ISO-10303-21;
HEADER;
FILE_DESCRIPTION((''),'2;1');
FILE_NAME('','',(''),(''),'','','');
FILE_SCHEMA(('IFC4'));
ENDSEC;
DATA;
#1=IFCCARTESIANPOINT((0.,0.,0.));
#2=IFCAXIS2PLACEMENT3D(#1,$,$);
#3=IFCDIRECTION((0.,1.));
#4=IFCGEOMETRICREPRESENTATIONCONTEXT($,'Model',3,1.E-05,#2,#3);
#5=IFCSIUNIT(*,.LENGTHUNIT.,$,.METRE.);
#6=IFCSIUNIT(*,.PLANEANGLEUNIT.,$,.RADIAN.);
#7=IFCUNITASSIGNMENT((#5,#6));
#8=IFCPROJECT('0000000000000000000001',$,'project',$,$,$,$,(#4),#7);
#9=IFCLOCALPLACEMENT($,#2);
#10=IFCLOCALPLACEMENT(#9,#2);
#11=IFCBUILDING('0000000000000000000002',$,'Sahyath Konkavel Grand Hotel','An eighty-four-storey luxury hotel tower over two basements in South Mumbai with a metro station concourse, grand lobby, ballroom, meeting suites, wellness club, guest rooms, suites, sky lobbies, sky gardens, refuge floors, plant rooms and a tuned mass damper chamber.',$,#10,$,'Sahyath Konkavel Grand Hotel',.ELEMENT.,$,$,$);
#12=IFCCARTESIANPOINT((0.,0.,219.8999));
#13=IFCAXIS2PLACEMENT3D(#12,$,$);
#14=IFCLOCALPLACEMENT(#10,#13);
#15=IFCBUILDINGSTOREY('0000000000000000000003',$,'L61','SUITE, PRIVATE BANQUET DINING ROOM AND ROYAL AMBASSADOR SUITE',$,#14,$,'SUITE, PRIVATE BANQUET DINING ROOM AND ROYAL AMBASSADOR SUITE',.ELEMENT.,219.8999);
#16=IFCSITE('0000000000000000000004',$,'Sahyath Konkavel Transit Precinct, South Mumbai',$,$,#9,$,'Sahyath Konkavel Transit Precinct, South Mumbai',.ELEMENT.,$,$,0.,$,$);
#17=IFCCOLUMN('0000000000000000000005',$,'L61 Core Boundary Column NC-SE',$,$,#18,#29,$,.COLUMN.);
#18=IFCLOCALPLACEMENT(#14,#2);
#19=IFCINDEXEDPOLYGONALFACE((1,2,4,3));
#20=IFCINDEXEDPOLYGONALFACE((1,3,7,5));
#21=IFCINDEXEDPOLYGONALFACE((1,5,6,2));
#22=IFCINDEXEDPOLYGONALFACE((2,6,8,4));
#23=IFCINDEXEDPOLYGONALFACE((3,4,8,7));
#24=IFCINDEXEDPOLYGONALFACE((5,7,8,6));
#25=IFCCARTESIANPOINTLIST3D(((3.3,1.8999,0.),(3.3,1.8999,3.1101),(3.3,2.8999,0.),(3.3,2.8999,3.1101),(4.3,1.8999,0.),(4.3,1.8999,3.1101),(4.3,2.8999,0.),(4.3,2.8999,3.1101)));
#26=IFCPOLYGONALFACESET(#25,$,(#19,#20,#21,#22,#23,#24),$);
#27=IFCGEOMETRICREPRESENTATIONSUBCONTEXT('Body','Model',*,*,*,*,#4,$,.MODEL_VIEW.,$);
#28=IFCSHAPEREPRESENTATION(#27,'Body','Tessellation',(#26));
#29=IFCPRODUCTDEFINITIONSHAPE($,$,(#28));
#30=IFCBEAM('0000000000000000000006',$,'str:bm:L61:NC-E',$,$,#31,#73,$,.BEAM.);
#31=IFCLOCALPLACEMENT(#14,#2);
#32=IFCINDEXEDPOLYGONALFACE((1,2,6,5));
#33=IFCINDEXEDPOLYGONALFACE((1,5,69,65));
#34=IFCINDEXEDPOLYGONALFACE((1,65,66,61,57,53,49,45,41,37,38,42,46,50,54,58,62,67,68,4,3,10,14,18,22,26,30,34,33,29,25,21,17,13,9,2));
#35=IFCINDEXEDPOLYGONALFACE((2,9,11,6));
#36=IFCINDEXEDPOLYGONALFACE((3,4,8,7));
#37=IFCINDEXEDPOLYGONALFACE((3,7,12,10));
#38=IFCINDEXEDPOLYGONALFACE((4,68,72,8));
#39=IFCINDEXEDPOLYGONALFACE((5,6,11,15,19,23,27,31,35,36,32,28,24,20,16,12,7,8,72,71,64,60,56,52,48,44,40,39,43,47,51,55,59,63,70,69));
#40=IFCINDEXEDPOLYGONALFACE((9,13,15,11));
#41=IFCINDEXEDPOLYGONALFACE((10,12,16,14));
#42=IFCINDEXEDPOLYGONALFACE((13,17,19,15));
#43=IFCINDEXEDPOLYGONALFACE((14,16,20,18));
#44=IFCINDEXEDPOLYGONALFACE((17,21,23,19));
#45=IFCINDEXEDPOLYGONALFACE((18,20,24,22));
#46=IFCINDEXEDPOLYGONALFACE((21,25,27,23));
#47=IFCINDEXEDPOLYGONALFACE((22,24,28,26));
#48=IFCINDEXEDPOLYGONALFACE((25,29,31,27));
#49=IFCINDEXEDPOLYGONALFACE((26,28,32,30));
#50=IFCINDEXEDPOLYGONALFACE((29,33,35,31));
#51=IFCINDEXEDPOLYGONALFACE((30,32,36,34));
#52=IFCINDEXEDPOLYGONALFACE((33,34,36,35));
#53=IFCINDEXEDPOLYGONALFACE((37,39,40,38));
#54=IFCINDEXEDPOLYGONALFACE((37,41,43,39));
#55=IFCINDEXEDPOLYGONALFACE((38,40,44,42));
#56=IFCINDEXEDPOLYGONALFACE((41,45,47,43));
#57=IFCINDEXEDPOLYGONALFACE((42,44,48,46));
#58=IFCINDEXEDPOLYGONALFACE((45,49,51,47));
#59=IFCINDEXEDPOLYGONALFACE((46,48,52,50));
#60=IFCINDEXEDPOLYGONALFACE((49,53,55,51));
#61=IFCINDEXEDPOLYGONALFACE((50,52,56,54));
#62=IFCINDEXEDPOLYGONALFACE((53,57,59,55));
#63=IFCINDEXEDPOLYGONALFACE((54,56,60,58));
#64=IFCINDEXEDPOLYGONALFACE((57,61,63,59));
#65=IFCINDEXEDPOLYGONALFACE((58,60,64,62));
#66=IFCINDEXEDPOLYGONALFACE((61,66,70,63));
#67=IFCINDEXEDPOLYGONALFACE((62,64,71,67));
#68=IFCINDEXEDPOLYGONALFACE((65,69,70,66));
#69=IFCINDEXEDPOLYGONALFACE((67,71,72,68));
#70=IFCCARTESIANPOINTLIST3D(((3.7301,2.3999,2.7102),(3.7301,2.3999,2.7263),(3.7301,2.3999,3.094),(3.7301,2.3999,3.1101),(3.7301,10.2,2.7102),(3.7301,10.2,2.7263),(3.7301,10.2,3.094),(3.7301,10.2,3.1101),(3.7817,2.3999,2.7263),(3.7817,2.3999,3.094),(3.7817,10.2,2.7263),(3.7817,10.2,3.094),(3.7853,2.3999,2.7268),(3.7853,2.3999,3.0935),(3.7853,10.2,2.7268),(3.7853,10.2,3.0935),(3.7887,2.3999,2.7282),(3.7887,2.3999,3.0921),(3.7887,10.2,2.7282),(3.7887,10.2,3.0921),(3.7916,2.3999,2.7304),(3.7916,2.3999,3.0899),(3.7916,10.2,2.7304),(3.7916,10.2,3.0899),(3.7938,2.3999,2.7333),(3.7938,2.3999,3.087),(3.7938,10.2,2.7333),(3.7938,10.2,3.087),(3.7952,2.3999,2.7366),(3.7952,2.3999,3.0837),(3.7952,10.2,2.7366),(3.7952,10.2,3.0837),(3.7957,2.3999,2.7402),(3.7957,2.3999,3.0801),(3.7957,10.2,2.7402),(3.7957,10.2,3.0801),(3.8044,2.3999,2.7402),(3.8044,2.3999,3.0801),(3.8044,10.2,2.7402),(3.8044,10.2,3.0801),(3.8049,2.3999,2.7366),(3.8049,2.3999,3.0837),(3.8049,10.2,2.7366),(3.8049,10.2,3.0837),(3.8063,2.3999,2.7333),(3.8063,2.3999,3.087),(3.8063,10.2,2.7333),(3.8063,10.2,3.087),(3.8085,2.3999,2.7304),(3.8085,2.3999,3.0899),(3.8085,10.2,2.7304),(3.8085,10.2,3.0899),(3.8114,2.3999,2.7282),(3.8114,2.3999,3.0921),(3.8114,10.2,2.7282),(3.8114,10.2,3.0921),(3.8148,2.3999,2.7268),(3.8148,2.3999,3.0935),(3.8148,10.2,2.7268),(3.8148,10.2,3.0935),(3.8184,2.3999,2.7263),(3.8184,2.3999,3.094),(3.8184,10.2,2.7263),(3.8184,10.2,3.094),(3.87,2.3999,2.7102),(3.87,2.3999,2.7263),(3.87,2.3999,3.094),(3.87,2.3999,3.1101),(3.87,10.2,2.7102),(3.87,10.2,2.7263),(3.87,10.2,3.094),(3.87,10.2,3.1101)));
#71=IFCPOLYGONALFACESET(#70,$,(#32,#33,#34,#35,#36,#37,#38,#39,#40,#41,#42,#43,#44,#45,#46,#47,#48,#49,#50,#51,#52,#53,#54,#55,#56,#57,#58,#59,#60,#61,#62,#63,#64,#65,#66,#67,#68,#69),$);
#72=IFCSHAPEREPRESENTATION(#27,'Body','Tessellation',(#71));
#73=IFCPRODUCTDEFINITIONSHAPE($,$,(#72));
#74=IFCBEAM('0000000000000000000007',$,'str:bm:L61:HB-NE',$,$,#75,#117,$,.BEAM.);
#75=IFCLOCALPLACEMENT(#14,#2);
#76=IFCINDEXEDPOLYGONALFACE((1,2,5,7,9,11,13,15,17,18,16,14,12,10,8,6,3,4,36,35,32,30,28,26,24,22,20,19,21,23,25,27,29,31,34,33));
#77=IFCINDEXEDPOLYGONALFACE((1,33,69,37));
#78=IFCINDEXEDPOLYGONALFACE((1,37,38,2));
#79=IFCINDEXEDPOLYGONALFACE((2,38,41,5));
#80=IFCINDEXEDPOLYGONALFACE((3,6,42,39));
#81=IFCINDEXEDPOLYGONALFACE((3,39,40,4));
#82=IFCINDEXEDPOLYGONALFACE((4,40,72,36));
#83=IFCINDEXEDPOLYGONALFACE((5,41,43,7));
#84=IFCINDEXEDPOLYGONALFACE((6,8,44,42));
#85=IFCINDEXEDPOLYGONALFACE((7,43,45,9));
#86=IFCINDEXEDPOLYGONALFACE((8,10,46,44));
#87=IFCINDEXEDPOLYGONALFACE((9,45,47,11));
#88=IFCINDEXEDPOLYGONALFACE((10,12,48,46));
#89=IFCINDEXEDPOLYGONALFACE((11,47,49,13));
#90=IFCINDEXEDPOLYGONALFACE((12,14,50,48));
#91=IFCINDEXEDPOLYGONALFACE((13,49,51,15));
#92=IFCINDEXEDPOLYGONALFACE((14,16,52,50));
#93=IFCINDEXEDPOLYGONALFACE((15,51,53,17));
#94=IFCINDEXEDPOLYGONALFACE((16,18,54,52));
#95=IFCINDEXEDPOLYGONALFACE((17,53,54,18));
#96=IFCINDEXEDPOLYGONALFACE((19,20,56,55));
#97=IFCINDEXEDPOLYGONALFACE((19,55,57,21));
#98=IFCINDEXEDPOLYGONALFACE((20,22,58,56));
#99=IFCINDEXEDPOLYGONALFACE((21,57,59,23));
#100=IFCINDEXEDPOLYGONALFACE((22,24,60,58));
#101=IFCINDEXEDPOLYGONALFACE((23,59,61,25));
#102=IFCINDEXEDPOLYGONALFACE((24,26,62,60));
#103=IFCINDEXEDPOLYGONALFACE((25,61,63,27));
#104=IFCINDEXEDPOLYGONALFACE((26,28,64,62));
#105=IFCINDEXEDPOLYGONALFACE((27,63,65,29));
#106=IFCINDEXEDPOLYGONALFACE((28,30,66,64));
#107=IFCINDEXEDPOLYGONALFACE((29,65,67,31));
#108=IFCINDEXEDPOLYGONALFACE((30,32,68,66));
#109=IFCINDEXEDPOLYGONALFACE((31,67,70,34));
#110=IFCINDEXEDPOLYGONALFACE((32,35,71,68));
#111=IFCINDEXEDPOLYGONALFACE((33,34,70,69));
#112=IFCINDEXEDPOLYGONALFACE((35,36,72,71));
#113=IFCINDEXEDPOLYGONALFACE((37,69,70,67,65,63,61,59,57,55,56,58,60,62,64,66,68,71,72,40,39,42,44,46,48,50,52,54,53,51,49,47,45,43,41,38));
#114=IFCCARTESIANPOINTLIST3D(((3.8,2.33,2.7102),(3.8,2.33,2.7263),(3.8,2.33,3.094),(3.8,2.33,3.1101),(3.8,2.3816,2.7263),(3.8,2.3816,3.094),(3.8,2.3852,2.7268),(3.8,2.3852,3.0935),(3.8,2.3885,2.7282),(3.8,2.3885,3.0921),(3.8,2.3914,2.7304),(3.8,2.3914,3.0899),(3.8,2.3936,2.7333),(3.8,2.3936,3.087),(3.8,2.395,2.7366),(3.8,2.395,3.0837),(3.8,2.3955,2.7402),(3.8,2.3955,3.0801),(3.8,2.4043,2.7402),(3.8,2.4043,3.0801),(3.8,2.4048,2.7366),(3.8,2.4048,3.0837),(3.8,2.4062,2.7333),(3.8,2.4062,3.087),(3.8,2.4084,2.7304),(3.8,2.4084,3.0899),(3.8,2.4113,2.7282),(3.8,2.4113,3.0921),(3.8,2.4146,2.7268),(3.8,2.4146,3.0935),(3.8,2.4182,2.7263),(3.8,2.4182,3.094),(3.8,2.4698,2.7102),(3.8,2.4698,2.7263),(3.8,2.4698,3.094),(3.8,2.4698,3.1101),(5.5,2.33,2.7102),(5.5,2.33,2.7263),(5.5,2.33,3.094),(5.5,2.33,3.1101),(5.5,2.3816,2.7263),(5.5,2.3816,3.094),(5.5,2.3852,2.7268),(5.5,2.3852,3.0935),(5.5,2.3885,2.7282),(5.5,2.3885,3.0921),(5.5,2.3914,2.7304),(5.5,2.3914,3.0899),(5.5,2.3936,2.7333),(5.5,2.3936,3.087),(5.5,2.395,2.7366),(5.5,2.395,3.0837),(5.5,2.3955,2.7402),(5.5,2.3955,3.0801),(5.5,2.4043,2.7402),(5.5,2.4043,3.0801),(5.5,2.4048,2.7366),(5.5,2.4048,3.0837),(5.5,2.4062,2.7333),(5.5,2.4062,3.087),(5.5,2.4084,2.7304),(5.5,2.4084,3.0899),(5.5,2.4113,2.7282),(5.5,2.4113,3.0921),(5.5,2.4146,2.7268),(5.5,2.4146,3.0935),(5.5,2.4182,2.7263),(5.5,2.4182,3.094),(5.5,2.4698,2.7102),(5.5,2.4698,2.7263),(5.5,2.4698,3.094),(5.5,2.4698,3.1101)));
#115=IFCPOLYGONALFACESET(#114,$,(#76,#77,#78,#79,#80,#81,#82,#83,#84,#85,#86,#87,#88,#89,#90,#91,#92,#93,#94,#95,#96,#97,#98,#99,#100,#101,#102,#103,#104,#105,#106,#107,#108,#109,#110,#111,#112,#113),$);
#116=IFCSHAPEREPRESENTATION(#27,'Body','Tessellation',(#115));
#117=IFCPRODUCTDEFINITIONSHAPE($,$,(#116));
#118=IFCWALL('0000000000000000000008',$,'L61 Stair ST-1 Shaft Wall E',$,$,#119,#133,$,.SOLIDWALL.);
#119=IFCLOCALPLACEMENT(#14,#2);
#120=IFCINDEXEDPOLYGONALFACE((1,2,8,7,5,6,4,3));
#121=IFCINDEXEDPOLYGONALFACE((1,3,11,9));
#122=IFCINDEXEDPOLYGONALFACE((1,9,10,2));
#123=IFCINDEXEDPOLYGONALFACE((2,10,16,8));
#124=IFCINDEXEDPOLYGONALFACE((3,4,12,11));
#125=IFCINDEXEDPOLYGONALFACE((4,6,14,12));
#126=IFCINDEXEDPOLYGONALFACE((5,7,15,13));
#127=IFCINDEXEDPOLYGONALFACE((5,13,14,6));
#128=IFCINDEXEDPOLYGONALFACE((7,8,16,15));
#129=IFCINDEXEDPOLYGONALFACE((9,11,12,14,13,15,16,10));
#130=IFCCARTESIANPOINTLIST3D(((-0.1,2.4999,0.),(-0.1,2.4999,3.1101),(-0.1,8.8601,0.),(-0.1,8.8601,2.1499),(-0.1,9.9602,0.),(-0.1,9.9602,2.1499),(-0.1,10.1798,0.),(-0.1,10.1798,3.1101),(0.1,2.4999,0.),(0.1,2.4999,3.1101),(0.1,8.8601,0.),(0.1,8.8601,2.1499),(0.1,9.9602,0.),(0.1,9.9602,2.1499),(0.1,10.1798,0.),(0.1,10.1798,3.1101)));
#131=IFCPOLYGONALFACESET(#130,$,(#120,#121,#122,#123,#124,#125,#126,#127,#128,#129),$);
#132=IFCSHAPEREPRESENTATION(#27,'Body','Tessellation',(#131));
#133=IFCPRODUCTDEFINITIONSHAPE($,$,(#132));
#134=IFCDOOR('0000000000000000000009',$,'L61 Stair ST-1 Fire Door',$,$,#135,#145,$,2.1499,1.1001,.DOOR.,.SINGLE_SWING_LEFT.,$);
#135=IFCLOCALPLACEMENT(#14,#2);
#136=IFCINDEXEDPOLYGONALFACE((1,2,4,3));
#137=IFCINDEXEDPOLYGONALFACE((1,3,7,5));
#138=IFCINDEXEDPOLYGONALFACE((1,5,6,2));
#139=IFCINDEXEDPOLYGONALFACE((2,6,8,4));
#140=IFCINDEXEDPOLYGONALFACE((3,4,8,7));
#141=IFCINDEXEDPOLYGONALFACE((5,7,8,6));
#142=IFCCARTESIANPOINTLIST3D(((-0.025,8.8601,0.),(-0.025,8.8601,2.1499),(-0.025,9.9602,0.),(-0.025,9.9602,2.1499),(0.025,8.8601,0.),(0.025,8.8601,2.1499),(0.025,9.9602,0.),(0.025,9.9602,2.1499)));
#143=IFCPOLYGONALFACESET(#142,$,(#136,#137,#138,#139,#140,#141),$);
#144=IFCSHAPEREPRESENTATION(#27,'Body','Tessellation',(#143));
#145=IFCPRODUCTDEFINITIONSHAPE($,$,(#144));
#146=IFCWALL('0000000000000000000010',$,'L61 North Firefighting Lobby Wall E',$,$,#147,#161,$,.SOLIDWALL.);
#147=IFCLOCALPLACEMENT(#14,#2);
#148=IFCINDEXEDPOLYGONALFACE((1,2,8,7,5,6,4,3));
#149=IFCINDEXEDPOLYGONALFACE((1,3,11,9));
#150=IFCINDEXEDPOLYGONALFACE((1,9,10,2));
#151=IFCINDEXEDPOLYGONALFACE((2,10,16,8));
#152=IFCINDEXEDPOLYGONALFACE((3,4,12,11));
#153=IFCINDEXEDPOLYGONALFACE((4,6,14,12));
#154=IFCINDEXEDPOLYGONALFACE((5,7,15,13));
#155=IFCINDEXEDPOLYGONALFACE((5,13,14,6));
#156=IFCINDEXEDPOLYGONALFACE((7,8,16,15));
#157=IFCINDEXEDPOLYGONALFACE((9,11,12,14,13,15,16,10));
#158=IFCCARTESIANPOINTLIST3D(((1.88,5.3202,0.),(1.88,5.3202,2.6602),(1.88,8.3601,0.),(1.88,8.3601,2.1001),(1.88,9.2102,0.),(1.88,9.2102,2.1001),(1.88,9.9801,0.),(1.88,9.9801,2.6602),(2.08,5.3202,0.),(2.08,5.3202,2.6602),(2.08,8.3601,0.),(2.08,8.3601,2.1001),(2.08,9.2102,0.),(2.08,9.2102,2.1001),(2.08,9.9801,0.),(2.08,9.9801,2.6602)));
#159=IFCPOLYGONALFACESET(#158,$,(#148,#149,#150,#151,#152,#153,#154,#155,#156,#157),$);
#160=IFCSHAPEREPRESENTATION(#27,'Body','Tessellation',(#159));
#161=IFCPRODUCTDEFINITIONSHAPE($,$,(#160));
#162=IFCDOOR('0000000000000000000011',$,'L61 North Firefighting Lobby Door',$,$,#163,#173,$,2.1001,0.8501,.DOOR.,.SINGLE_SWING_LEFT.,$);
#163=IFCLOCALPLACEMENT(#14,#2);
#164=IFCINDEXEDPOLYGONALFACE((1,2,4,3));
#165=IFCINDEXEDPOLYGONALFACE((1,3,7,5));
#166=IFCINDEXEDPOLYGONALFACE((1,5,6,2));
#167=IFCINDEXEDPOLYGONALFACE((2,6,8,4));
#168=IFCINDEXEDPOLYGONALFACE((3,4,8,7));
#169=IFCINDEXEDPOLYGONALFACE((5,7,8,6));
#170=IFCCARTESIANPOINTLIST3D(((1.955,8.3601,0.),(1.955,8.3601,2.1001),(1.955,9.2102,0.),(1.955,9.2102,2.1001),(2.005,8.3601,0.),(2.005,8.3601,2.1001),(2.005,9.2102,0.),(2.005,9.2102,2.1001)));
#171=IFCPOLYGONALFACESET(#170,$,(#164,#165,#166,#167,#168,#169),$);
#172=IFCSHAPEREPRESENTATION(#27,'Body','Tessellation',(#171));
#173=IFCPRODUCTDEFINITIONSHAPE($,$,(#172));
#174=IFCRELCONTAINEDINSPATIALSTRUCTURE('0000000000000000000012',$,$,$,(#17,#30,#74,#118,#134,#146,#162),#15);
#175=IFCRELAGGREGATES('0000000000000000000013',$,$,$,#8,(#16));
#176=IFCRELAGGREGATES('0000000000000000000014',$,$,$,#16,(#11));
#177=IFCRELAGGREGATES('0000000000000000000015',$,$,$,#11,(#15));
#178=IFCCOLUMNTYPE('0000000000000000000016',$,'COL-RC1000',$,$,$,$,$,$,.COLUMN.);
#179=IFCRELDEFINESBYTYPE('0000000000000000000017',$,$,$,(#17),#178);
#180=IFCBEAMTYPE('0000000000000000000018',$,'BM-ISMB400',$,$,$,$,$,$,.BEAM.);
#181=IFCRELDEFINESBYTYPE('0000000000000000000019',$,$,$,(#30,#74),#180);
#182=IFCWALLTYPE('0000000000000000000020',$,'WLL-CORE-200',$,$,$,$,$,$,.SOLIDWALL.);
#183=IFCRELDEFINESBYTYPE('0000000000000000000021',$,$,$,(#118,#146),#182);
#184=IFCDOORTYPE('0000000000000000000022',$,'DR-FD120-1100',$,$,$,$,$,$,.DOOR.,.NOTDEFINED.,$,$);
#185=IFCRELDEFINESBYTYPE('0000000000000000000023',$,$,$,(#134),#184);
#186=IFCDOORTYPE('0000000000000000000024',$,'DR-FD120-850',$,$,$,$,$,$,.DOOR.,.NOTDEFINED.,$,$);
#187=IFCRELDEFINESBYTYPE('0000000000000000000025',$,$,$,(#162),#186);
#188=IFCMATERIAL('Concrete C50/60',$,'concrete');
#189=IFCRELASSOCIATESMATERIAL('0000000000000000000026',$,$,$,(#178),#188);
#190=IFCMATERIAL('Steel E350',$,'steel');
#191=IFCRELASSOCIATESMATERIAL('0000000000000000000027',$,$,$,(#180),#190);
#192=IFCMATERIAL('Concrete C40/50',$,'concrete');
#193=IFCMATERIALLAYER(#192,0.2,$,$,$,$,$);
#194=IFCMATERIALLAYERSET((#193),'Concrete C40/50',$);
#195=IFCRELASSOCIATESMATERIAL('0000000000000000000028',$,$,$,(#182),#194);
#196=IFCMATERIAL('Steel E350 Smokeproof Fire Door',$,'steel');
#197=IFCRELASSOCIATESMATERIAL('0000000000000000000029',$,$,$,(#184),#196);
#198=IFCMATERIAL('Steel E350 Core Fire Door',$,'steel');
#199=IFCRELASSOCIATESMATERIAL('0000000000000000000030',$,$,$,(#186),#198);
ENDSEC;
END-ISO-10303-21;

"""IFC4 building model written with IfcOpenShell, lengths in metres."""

from ifc_helpers import new_model, si_unit, direction, frame, frame_2d, origin, origin_2d, place, context, subcontext, project, spatial, rectangle, i_section, extrude, source, transform, mapped, material, layer, layer_set, material_profile, profile_set, type_object, element, fill, save


model = new_model("IFC4")

# Units and contexts
model_context = context("Model", 3, precision=1e-05, world=origin(), true_north=direction((0.0, 1.0)))
body_context = subcontext(model_context, "Body", "Model", "MODEL_VIEW")
ifc_project = project(units=[si_unit("LENGTHUNIT", "METRE"), si_unit("PLANEANGLEUNIT", "RADIAN")], contexts=[model_context])

# Site, building, storey
site_placement = place(None, origin())
site = spatial("IfcSite", under=ifc_project, at=site_placement, Name="Sahyath Konkavel Transit Precinct, South Mumbai", LongName="Sahyath Konkavel Transit Precinct, South Mumbai", CompositionType="ELEMENT", RefElevation=0.0)
building_placement = place(site_placement, origin())
building = spatial("IfcBuilding", under=site, at=building_placement, Name="Sahyath Konkavel Grand Hotel", Description="An eighty-four-storey luxury hotel tower over two basements in South Mumbai with a metro station concourse, grand lobby, ballroom, meeting suites, wellness club, guest rooms, suites, sky lobbies, sky gardens, refuge floors, plant rooms and a tuned mass damper chamber.", LongName="Sahyath Konkavel Grand Hotel", CompositionType="ELEMENT")
storey_placement = place(building_placement, frame((0.0, 0.0, 219.8999)))
storey = spatial("IfcBuildingStorey", under=building, at=storey_placement, Name="L61", Description="SUITE, PRIVATE BANQUET DINING ROOM AND ROYAL AMBASSADOR SUITE", LongName="SUITE, PRIVATE BANQUET DINING ROOM AND ROYAL AMBASSADOR SUITE", CompositionType="ELEMENT", Elevation=219.8999)

# Column
ifc_material_1 = material(Name="Concrete C50/60", Category="concrete")
ifc_material_profile_1 = material_profile(ifc_material_1, rectangle(XDim=1.0, YDim=1.0, at=origin_2d()), Name="RC 1000x1000")
ifc_profile_set_1 = profile_set([ifc_material_profile_1], Name="Concrete C50/60")
column_type = type_object("IfcColumnType", Name="COL-RC1000", PredefinedType="COLUMN", material=ifc_profile_set_1)
shared_shape_1 = source(origin(), body_context, "Body", "SweptSolid", [
    extrude(rectangle(XDim=1.0, YDim=1.0, at=origin_2d()), origin(), (0.0, 0.0, 1.0), 3.1101),
])
column_placement = place(storey_placement, frame((3.8, 2.3999, 0.0), z_axis=(0.0, 0.0, 1.0), x_axis=(1.0, 0.0, 0.0)))
element("IfcColumn", 1, at=column_placement, inside=storey, type_object=column_type, Name="L61 Core Boundary Column NC-SE", PredefinedType="COLUMN", context=body_context, shape_type="MappedRepresentation", body=[
    mapped(shared_shape_1, transform((0.0, 0.0, 0.0), scale=1.0)),
])

# Beams
ifc_material_2 = material(Name="Steel E350", Category="steel")
ifc_material_profile_2 = material_profile(ifc_material_2, i_section(OverallWidth=0.1399, OverallDepth=0.3999, WebThickness=0.0088, FlangeThickness=0.0161, FilletRadius=0.0139, at=origin_2d()), Name="ISMB 400")
ifc_profile_set_2 = profile_set([ifc_material_profile_2], Name="Steel E350")
beam_type = type_object("IfcBeamType", Name="BM-ISMB400", PredefinedType="BEAM", material=ifc_profile_set_2)
shared_shape_2 = source(origin(), body_context, "Body", "SweptSolid", [
    extrude(i_section(OverallWidth=0.1399, OverallDepth=0.3999, WebThickness=0.0088, FlangeThickness=0.0161, FilletRadius=0.0139, at=origin_2d()), origin(), (0.0, 0.0, 1.0), 7.8),
])
beam_1_placement = place(storey_placement, frame((3.8, 2.3999, 2.9102), z_axis=(0.0, 1.0, 0.0), x_axis=(-1.0, 0.0, 0.0)))
element("IfcBeam", 2, at=beam_1_placement, inside=storey, type_object=beam_type, Name="str:bm:L61:NC-E", PredefinedType="BEAM", context=body_context, shape_type="MappedRepresentation", body=[
    mapped(shared_shape_2, transform((0.0, 0.0, 0.0), scale=1.0)),
])
shared_shape_3 = source(origin(), body_context, "Body", "SweptSolid", [
    extrude(i_section(OverallWidth=0.1399, OverallDepth=0.3999, WebThickness=0.0088, FlangeThickness=0.0161, FilletRadius=0.0139, at=origin_2d()), origin(), (0.0, 0.0, 1.0), 1.7),
])
beam_2_placement = place(storey_placement, frame((3.8, 2.3999, 2.9102), z_axis=(1.0, 0.0, 0.0), x_axis=(0.0, 1.0, 0.0)))
element("IfcBeam", 3, at=beam_2_placement, inside=storey, type_object=beam_type, Name="str:bm:L61:HB-NE", PredefinedType="BEAM", context=body_context, shape_type="MappedRepresentation", body=[
    mapped(shared_shape_3, transform((0.0, 0.0, 0.0), scale=1.0)),
])

# Walls, openings, doors
ifc_material_3 = material(Name="Concrete C40/50", Category="concrete")
ifc_layer = layer(ifc_material_3, 0.2)
ifc_layer_set = layer_set([ifc_layer], Name="Concrete C40/50")
wall_type = type_object("IfcWallType", Name="WLL-CORE-200", PredefinedType="SOLIDWALL", material=ifc_layer_set)
wall_1_placement = place(storey_placement, frame((0.0, 2.5, 0.0), z_axis=(0.0, 0.0, 1.0), x_axis=(0.0, 1.0, 0.0)))
wall_1 = element("IfcWall", 4, at=wall_1_placement, inside=storey, type_object=wall_type, Name="L61 Stair ST-1 Shaft Wall E", PredefinedType="SOLIDWALL", context=body_context, shape_type="SweptSolid", body=[
    extrude(rectangle(XDim=7.6799, YDim=0.2, at=frame_2d((3.8398, 0.0))), origin(), (0.0, 0.0, 1.0), 3.1101),
])
opening_1_placement = place(wall_1_placement, frame((6.3601, 0.0, 0.0)))
opening_1 = element("IfcOpeningElement", 5, at=opening_1_placement, cuts=wall_1, PredefinedType="OPENING", context=body_context, shape_type="SweptSolid", body=[
    extrude(rectangle(XDim=1.1001, YDim=2.1499, at=frame_2d((0.55, 1.075))), frame((0.0, 0.1099, 0.0), z_axis=(0.0, -1.0, 0.0), x_axis=(1.0, 0.0, 0.0)), (0.0, 0.0, 1.0), 0.22),
])
ifc_material_4 = material(Name="Steel E350 Smokeproof Fire Door", Category="steel")
door_type_1 = type_object("IfcDoorType", Name="DR-FD120-1100", OperationType="NOTDEFINED", PredefinedType="DOOR", material=ifc_material_4)
shared_shape_4 = source(origin(), body_context, "Body", "SweptSolid", [
    extrude(rectangle(XDim=1.1001, YDim=0.05, at=origin_2d()), origin(), (0.0, 0.0, 1.0), 2.1499),
])
door_1_placement = place(opening_1_placement, frame((0.55, 0.0, 0.0)))
door_1 = element("IfcDoor", 6, at=door_1_placement, inside=storey, type_object=door_type_1, Name="L61 Stair ST-1 Fire Door", OperationType="SINGLE_SWING_LEFT", OverallHeight=2.1499, OverallWidth=1.1001, PredefinedType="DOOR", context=body_context, shape_type="MappedRepresentation", body=[
    mapped(shared_shape_4, transform((0.0, 0.0, 0.0), scale=1.0)),
])
fill(opening_1, door_1)
wall_2_placement = place(storey_placement, frame((1.98, 5.3201, 0.0), z_axis=(0.0, 0.0, 1.0), x_axis=(0.0, 1.0, 0.0)))
wall_2 = element("IfcWall", 7, at=wall_2_placement, inside=storey, type_object=wall_type, Name="L61 North Firefighting Lobby Wall E", PredefinedType="SOLIDWALL", context=body_context, shape_type="SweptSolid", body=[
    extrude(rectangle(XDim=4.6599, YDim=0.2, at=frame_2d((2.3301, 0.0))), origin(), (0.0, 0.0, 1.0), 2.6602),
])
opening_2_placement = place(wall_2_placement, frame((3.04, 0.0, 0.0)))
opening_2 = element("IfcOpeningElement", 8, at=opening_2_placement, cuts=wall_2, PredefinedType="OPENING", context=body_context, shape_type="SweptSolid", body=[
    extrude(rectangle(XDim=0.8501, YDim=2.1001, at=frame_2d((0.425, 1.05))), frame((0.0, 0.1099, 0.0), z_axis=(0.0, -1.0, 0.0), x_axis=(1.0, 0.0, 0.0)), (0.0, 0.0, 1.0), 0.22),
])
ifc_material_5 = material(Name="Steel E350 Core Fire Door", Category="steel")
door_type_2 = type_object("IfcDoorType", Name="DR-FD120-850", OperationType="NOTDEFINED", PredefinedType="DOOR", material=ifc_material_5)
shared_shape_5 = source(origin(), body_context, "Body", "SweptSolid", [
    extrude(rectangle(XDim=0.8501, YDim=0.05, at=origin_2d()), origin(), (0.0, 0.0, 1.0), 2.1001),
])
door_2_placement = place(opening_2_placement, frame((0.425, 0.0, 0.0)))
door_2 = element("IfcDoor", 9, at=door_2_placement, inside=storey, type_object=door_type_2, Name="L61 North Firefighting Lobby Door", OperationType="SINGLE_SWING_LEFT", OverallHeight=2.1001, OverallWidth=0.8501, PredefinedType="DOOR", context=body_context, shape_type="MappedRepresentation", body=[
    mapped(shared_shape_5, transform((0.0, 0.0, 0.0), scale=1.0)),
])
fill(opening_2, door_2)

save(model, "model.ifc")
